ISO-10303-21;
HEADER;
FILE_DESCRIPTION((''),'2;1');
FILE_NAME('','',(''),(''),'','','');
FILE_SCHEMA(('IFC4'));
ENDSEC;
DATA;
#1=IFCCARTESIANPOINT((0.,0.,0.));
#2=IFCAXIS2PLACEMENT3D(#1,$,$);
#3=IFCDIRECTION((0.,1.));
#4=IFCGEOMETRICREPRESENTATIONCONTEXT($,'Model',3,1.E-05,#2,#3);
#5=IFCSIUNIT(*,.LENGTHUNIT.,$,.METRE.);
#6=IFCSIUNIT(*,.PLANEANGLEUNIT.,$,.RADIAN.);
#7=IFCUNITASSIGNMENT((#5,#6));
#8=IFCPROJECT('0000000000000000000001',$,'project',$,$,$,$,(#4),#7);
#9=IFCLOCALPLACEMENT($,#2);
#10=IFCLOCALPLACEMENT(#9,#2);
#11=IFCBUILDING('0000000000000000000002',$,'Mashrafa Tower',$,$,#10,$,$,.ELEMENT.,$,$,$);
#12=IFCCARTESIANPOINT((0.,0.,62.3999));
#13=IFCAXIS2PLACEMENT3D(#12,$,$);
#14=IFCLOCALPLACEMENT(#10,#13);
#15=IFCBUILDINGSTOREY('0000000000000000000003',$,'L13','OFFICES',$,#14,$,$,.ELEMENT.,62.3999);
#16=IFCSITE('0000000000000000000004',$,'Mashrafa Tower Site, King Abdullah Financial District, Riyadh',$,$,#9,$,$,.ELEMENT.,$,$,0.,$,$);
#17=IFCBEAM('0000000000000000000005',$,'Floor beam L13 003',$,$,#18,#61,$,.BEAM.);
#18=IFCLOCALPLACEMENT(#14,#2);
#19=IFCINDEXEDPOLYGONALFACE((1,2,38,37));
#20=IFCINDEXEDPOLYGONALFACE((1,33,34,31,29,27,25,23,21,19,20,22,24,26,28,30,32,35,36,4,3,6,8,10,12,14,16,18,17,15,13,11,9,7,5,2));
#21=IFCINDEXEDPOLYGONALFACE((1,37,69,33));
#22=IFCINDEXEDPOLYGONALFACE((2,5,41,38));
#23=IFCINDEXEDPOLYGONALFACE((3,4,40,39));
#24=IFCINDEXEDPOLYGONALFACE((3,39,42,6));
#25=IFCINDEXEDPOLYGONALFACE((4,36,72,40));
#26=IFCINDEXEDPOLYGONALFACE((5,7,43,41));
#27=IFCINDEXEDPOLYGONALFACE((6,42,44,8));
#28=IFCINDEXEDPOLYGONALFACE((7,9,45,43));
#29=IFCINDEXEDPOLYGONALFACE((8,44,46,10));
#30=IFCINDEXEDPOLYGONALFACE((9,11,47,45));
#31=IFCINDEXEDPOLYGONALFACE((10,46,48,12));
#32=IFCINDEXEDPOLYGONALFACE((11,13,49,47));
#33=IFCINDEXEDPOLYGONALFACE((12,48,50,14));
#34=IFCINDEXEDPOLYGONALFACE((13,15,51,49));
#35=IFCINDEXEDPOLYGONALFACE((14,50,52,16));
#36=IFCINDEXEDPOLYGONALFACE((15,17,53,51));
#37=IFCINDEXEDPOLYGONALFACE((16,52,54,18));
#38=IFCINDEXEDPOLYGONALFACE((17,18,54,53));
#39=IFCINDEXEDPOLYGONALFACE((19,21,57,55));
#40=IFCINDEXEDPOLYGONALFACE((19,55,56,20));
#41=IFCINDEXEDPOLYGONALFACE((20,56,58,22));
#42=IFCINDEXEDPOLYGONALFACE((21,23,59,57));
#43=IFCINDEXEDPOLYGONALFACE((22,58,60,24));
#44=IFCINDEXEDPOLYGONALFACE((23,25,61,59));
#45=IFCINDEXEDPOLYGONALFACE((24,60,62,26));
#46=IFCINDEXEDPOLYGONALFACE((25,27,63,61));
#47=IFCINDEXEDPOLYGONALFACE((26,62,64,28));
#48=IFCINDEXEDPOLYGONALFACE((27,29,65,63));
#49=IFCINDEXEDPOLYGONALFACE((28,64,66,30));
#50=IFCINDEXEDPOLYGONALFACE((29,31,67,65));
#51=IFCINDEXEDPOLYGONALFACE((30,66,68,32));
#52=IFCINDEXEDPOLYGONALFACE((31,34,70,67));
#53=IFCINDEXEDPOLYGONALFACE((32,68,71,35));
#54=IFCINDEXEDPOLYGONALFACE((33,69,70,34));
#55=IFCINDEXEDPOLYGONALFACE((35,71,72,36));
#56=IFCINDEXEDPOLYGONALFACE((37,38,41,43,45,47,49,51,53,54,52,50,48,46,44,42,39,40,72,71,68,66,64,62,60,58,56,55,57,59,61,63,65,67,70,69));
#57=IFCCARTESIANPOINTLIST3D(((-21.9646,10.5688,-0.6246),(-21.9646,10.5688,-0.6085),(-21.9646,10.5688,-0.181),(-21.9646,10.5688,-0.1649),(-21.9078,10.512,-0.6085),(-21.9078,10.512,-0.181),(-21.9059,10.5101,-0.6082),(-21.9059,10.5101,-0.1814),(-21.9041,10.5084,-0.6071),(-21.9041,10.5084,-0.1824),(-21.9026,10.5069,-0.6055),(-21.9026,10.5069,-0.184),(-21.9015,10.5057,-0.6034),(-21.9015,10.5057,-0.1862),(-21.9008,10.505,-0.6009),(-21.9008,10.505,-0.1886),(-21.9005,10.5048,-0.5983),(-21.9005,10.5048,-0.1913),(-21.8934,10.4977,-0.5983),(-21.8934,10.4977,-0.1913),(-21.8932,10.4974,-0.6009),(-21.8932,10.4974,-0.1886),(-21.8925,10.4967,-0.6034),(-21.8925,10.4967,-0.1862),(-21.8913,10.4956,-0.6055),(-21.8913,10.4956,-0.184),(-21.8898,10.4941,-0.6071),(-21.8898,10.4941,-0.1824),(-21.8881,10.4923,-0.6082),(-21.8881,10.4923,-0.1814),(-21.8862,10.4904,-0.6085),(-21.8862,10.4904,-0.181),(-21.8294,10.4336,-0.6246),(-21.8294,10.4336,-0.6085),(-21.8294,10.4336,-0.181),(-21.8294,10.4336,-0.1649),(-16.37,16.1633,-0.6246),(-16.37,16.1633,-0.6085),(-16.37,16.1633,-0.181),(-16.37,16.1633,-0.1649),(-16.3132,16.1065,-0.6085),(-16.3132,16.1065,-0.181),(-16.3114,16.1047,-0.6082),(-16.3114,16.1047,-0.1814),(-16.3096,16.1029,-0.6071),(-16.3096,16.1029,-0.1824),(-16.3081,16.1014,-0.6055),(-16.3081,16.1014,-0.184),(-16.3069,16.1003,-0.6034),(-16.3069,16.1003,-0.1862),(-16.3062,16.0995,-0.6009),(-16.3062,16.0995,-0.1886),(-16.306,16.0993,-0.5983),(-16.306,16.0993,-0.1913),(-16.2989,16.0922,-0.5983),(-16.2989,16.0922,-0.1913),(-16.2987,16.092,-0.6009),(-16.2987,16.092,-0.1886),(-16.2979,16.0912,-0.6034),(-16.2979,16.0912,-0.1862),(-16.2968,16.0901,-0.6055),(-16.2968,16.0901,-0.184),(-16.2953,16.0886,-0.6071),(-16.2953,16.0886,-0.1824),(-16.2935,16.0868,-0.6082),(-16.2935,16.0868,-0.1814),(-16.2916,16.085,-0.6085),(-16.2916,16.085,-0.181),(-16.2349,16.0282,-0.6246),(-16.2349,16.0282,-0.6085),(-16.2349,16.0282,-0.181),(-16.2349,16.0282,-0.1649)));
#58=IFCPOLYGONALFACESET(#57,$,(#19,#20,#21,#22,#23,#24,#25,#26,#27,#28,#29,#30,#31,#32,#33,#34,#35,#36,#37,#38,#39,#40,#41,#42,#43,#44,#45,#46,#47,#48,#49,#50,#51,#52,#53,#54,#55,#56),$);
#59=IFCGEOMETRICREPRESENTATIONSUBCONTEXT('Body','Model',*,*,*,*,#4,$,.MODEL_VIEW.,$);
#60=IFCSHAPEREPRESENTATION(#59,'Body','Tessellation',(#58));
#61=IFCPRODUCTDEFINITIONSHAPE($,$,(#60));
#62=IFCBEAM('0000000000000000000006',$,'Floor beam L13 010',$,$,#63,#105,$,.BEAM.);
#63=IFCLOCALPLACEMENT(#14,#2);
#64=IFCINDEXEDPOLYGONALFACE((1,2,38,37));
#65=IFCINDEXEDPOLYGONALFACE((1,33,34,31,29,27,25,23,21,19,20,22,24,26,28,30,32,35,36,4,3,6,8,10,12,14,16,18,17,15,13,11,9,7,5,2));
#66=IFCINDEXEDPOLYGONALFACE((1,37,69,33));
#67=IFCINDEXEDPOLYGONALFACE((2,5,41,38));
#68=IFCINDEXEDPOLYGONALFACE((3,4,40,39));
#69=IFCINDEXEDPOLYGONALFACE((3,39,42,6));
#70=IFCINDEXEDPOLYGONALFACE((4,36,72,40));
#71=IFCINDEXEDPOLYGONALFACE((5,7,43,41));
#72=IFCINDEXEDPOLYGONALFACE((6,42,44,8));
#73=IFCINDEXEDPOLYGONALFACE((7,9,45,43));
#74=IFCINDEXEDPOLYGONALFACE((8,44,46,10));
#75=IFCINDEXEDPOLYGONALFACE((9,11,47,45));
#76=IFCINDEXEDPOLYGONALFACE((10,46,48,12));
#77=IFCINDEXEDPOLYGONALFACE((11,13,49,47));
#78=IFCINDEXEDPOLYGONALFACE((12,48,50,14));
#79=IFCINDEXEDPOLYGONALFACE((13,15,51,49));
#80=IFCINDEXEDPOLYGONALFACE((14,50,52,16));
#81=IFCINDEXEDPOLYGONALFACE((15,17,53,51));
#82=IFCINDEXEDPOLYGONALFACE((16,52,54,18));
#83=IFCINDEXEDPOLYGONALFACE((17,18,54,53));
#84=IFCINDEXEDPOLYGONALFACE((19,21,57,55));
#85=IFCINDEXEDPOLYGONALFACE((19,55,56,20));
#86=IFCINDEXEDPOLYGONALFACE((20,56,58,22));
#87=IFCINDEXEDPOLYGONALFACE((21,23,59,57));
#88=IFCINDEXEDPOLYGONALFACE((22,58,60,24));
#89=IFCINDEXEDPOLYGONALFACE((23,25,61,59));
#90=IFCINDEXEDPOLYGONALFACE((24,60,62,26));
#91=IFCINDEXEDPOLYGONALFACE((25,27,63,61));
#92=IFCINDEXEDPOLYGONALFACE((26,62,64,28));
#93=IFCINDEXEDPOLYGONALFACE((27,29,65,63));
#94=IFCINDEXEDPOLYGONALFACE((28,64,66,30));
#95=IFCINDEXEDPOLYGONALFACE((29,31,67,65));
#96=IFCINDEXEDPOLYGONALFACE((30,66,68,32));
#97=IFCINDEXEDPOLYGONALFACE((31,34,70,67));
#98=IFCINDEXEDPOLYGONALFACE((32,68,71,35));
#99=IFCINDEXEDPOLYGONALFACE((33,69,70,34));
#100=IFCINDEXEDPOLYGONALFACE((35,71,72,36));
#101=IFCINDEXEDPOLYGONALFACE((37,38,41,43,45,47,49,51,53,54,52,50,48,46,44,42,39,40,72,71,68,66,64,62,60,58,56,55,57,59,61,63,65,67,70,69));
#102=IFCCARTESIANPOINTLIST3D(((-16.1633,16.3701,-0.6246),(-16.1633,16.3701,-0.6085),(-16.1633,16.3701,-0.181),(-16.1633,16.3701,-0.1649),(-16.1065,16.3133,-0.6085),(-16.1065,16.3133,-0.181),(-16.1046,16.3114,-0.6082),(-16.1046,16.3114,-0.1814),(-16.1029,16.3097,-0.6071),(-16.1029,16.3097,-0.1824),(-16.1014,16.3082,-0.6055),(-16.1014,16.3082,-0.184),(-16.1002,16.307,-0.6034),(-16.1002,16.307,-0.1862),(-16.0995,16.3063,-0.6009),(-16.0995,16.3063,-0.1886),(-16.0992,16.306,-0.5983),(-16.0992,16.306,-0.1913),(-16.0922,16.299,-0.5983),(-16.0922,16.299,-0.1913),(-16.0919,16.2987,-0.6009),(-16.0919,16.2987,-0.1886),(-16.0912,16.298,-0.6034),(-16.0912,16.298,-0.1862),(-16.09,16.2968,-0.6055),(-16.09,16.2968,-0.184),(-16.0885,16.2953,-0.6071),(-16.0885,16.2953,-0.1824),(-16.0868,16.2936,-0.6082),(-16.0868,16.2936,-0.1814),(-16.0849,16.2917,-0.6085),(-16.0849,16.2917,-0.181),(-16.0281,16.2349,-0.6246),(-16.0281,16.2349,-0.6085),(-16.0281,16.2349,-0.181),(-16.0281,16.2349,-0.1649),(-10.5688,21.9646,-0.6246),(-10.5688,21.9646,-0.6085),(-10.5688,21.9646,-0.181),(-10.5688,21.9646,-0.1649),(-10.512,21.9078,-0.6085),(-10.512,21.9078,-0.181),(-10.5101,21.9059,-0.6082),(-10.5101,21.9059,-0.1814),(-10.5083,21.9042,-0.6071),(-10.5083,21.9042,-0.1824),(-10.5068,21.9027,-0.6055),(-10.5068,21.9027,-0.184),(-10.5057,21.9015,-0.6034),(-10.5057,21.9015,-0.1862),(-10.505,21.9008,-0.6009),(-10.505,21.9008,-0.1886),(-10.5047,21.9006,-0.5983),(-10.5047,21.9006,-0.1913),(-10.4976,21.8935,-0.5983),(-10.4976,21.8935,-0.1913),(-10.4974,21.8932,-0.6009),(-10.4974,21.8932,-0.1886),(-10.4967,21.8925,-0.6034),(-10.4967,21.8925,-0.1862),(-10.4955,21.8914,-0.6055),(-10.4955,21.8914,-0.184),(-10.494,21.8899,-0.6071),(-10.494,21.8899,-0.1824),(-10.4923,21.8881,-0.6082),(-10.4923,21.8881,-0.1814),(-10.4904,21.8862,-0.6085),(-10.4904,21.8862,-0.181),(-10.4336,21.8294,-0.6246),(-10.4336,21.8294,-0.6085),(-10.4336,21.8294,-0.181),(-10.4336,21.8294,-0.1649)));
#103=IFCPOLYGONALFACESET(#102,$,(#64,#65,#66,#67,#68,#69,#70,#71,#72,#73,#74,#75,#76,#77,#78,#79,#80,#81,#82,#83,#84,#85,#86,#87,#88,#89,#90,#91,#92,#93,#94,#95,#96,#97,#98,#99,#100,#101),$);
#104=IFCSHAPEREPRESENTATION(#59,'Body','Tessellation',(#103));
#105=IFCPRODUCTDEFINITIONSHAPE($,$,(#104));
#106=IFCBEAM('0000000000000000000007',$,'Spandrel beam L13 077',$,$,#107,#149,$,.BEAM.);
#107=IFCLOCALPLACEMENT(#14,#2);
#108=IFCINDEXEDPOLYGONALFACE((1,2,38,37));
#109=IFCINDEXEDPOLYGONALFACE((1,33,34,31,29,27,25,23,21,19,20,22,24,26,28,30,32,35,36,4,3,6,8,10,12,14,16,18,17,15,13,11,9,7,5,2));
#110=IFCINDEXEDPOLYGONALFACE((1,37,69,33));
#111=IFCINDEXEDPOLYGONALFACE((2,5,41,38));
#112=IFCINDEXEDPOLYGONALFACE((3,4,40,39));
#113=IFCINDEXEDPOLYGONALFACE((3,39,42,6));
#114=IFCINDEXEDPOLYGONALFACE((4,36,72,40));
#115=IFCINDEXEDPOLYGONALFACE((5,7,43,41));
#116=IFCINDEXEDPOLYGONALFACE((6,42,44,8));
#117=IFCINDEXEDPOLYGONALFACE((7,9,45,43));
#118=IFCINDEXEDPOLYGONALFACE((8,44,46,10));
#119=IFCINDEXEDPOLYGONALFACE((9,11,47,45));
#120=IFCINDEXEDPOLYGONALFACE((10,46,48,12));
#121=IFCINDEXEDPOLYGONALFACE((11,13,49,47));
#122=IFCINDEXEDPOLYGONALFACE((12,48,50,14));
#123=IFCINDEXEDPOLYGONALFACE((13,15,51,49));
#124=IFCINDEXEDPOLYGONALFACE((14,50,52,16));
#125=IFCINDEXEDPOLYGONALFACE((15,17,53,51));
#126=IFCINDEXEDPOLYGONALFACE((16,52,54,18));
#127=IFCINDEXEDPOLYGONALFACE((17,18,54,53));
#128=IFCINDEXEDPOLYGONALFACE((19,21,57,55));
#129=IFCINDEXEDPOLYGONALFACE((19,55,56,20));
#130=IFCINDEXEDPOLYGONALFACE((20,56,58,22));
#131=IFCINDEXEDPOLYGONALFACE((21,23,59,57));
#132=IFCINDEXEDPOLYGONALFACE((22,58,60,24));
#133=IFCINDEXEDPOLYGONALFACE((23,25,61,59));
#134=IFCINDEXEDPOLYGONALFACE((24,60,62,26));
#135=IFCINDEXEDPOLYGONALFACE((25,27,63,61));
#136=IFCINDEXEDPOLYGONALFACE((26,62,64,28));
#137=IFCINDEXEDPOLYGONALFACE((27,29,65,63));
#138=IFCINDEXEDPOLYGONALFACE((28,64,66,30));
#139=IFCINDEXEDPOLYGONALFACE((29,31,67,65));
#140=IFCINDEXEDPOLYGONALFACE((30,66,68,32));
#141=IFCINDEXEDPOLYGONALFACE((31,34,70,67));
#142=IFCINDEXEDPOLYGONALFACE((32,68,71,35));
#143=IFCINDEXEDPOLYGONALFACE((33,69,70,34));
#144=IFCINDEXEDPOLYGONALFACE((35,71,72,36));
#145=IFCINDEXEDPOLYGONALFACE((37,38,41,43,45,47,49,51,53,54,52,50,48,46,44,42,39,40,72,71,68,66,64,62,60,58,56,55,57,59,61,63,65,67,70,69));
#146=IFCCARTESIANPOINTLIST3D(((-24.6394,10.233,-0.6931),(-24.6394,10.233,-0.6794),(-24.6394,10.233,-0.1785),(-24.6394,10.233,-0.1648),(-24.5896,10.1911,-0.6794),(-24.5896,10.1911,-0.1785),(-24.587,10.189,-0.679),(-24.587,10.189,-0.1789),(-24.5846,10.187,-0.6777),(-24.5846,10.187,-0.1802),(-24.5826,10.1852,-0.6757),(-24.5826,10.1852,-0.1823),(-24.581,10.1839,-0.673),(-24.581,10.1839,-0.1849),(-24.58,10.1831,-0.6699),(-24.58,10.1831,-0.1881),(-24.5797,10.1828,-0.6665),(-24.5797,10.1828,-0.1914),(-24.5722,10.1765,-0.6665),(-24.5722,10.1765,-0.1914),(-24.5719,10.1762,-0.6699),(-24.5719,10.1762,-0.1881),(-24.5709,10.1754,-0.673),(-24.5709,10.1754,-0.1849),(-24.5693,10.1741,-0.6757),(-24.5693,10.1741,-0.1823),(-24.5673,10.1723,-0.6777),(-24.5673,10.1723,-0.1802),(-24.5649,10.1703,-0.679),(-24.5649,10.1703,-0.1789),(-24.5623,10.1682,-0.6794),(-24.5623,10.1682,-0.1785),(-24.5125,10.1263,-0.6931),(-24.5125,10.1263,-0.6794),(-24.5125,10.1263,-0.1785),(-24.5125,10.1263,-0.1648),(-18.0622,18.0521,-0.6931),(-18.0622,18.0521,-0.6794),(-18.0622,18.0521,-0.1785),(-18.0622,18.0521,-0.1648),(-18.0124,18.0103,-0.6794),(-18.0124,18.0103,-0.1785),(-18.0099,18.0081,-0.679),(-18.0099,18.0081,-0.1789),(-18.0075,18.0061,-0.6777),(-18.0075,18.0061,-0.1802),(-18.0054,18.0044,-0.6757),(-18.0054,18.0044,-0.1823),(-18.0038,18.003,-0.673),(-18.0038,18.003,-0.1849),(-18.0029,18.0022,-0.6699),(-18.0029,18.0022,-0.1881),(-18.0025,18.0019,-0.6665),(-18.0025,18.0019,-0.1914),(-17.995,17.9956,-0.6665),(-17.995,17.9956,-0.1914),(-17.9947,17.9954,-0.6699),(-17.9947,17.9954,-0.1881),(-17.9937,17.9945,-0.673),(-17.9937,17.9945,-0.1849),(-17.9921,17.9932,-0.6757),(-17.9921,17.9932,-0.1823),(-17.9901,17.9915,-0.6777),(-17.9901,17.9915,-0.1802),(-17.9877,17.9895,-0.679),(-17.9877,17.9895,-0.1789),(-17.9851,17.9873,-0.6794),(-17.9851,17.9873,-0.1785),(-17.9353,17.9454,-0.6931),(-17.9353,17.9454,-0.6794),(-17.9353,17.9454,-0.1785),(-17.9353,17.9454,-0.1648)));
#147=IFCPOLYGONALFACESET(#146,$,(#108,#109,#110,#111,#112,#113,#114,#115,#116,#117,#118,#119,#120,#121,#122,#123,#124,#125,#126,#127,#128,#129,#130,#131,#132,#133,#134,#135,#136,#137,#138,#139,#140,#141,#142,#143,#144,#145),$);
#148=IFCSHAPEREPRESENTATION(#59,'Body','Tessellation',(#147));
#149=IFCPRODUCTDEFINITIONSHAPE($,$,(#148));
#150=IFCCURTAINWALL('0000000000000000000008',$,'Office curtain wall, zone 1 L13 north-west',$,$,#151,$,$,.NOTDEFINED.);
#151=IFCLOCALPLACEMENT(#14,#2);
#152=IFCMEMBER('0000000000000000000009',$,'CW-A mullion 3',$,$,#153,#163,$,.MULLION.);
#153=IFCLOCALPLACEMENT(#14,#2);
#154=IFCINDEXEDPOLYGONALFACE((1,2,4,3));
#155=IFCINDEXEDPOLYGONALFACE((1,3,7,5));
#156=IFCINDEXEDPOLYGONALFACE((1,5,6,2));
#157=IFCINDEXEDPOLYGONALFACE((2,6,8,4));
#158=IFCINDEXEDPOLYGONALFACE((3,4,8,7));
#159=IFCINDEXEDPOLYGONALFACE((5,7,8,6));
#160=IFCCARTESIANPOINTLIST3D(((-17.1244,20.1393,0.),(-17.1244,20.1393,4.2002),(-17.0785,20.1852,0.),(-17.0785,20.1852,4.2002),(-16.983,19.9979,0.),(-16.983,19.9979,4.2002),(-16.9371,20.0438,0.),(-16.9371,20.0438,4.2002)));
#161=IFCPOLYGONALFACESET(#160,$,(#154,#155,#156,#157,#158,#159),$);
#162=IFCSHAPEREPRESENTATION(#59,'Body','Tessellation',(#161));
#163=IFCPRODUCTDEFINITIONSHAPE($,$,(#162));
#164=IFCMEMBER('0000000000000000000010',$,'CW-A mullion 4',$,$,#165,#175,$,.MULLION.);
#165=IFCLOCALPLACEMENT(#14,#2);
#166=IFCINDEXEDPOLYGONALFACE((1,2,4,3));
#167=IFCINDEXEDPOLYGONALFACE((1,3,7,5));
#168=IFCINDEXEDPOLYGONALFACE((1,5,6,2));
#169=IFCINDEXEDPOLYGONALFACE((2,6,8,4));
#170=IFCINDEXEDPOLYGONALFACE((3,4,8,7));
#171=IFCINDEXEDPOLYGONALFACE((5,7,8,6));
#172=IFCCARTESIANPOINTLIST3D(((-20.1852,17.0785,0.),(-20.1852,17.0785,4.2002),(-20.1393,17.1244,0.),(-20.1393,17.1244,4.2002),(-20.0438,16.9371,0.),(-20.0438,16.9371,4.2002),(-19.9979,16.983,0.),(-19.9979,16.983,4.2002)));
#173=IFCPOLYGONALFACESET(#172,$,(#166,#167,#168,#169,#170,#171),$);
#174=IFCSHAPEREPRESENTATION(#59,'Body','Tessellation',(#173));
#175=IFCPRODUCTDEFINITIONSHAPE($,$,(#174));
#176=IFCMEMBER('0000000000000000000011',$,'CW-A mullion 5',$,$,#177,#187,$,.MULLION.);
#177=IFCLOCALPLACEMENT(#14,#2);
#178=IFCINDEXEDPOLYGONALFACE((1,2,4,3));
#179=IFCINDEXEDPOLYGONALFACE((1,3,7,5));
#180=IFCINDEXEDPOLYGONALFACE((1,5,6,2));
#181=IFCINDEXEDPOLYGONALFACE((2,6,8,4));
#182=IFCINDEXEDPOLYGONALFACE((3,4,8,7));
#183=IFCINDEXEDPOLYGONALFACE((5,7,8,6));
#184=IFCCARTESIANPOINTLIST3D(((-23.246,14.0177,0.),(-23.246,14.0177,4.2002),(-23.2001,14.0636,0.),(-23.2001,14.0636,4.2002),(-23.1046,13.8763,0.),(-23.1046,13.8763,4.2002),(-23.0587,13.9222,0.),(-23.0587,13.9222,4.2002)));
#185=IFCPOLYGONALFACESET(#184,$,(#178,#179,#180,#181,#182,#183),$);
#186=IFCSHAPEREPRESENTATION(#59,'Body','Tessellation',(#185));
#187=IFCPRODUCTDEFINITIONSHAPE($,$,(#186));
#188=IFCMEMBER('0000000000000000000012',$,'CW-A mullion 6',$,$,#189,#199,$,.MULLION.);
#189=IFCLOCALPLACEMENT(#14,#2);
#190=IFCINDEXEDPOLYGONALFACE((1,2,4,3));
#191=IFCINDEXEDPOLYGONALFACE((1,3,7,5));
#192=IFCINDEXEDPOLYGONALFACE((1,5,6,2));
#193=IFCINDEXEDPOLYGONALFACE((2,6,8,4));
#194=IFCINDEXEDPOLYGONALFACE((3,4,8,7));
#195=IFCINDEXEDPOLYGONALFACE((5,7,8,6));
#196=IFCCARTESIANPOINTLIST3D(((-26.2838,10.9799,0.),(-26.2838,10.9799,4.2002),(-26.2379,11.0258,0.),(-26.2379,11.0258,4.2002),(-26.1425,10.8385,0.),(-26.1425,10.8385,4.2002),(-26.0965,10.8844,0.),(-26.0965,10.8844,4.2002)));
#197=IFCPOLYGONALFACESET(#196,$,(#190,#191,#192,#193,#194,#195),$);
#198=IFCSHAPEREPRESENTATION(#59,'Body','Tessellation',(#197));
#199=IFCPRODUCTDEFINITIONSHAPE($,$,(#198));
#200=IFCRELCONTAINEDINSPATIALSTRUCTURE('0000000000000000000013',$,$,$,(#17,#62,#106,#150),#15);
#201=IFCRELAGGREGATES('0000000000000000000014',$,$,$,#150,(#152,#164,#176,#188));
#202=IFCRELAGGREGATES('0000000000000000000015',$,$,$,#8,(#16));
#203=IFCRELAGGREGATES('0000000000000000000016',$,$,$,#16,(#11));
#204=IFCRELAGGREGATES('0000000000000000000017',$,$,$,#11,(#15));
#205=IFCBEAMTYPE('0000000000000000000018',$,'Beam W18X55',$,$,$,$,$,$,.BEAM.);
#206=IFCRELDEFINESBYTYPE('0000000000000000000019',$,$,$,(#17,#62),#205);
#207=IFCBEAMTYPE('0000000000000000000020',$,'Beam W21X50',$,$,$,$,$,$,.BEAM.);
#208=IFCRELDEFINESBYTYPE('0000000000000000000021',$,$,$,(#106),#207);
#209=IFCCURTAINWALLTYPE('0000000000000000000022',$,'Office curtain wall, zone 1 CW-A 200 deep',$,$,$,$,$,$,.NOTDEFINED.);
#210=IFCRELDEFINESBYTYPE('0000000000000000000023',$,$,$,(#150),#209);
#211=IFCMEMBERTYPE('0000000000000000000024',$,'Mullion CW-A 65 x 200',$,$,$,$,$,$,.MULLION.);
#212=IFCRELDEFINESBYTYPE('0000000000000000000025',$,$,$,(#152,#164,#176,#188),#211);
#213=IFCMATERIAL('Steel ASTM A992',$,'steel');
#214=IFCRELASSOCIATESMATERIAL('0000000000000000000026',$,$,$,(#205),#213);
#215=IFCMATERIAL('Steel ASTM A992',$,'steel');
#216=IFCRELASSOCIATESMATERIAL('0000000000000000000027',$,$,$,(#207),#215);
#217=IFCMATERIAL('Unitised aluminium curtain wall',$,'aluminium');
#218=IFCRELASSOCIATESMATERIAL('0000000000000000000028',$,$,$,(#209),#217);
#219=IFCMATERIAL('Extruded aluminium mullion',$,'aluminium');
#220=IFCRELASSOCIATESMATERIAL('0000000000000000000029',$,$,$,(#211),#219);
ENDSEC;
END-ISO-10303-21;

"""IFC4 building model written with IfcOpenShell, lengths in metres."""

from ifc_helpers import new_model, si_unit, direction, frame, origin, origin_2d, place, context, subcontext, project, spatial, rectangle, i_section, extrude, source, transform, mapped, material, material_profile, profile_set, type_object, type_shapes, element, aggregate, save


model = new_model("IFC4")

# Units and contexts
model_context = context("Model", 3, precision=1e-05, world=origin(), true_north=direction((0.0, 1.0)))
body_context = subcontext(model_context, "Body", "Model", "MODEL_VIEW")
ifc_project = project(units=[si_unit("LENGTHUNIT", "METRE"), si_unit("PLANEANGLEUNIT", "RADIAN")], contexts=[model_context])

# Site, building, storey
site_placement = place(None, origin())
site = spatial("IfcSite", under=ifc_project, at=site_placement, Name="Mashrafa Tower Site, King Abdullah Financial District, Riyadh", CompositionType="ELEMENT", RefElevation=0.0)
building_placement = place(site_placement, origin())
building = spatial("IfcBuilding", under=site, at=building_placement, Name="Mashrafa Tower", CompositionType="ELEMENT")
storey_placement = place(building_placement, frame((0.0, 0.0, 62.3999)))
storey = spatial("IfcBuildingStorey", under=building, at=storey_placement, Name="L13", Description="OFFICES", CompositionType="ELEMENT", Elevation=62.3999)

# Beams
ifc_material_1 = material(Name="Steel ASTM A992", Category="steel")
ifc_material_profile_1 = material_profile(ifc_material_1, i_section(OverallWidth=0.1912, OverallDepth=0.4597, WebThickness=0.01, FlangeThickness=0.0161, FilletRadius=0.0103, at=origin_2d()), Name="W18X55")
ifc_profile_set_1 = profile_set([ifc_material_profile_1], Name="Steel ASTM A992")
beam_type_1 = type_object("IfcBeamType", Name="Beam W18X55", PredefinedType="BEAM", material=ifc_profile_set_1)
for number, where, z_axis, x_axis, name in (
    (1, (-21.897, 10.5012, -0.3948), (0.707107, 0.707107, 0.0), (-0.707107, 0.707107, 0.0), "Floor beam L13 003"),
    (2, (-16.0957, 16.3025, -0.3948), (0.707107, 0.707107, 0.0), (-0.707107, 0.707107, 0.0), "Floor beam L13 010"),
):
    element("IfcBeam", number, at=place(storey_placement, frame(where, z_axis=z_axis, x_axis=x_axis)), inside=storey, type_object=beam_type_1, Name=name, PredefinedType="BEAM", context=body_context, shape_type="SweptSolid", body=[
        extrude(i_section(OverallWidth=0.1912, OverallDepth=0.4597, WebThickness=0.01, FlangeThickness=0.0161, FilletRadius=0.0103, at=origin_2d()), origin(), (0.0, 0.0, 1.0), 7.9119),
    ])
ifc_material_2 = material(Name="Steel ASTM A992", Category="steel")
ifc_material_profile_2 = material_profile(ifc_material_2, i_section(OverallWidth=0.1658, OverallDepth=0.5283, WebThickness=0.0098, FlangeThickness=0.0137, FilletRadius=0.0129, at=origin_2d()), Name="W21X50")
ifc_profile_set_2 = profile_set([ifc_material_profile_2], Name="Steel ASTM A992")
beam_type_2 = type_object("IfcBeamType", Name="Beam W21X50", PredefinedType="BEAM", material=ifc_profile_set_2)
beam_1_placement = place(storey_placement, frame((-17.9988, 17.9988, -0.429), z_axis=(-0.643715, -0.765266, 0.0), x_axis=(0.765266, -0.643715, 0.0)))
element("IfcBeam", 3, at=beam_1_placement, inside=storey, type_object=beam_type_2, Name="Spandrel beam L13 077", PredefinedType="BEAM", context=body_context, shape_type="SweptSolid", body=[
    extrude(i_section(OverallWidth=0.1658, OverallDepth=0.5283, WebThickness=0.0098, FlangeThickness=0.0137, FilletRadius=0.0129, at=origin_2d()), origin(), (0.0, 0.0, 1.0), 10.2175),
])

# Curtain wall, members
ifc_material_3 = material(Name="Unitised aluminium curtain wall", Category="aluminium")
curtain_wall_type = type_object("IfcCurtainWallType", Name="Office curtain wall, zone 1 CW-A 200 deep", PredefinedType="NOTDEFINED", material=ifc_material_3)
curtain_wall_1_placement = place(storey_placement, origin())
curtain_wall_1 = element("IfcCurtainWall", 4, at=curtain_wall_1_placement, inside=storey, type_object=curtain_wall_type, Name="Office curtain wall, zone 1 L13 north-west", PredefinedType="NOTDEFINED")
ifc_material_4 = material(Name="Extruded aluminium mullion", Category="aluminium")
ifc_material_profile_3 = material_profile(ifc_material_4, rectangle(XDim=0.2, YDim=0.0649, at=origin_2d()), Name="Mullion 65x200")
ifc_profile_set_3 = profile_set([ifc_material_profile_3], Name="Extruded aluminium mullion")
member_type_1 = type_object("IfcMemberType", Name="Mullion CW-A 65 x 200", PredefinedType="MULLION", material=ifc_profile_set_3)
shared_shape_1 = source(origin(), body_context, "Body", "SweptSolid", [
    extrude(rectangle(XDim=0.2, YDim=0.0649, at=origin_2d()), origin(), (0.0, 0.0, 1.0), 4.2002),
])
type_shapes(member_type_1, [shared_shape_1])
member_1_placement = place(storey_placement, frame((-17.0308, 20.0916, 0.0), z_axis=(0.0, 0.0, 1.0), x_axis=(0.707107, -0.707107, 0.0)))
member_1 = element("IfcMember", 5, at=member_1_placement, type_object=member_type_1, Name="CW-A mullion 3", PredefinedType="MULLION", context=body_context, shape_type="MappedRepresentation", body=[
    mapped(shared_shape_1, transform((0.0, 0.0, 0.0))),
])
member_2_placement = place(storey_placement, frame((-20.0916, 17.0308, 0.0), z_axis=(0.0, 0.0, 1.0), x_axis=(0.707107, -0.707107, 0.0)))
member_2 = element("IfcMember", 6, at=member_2_placement, type_object=member_type_1, Name="CW-A mullion 4", PredefinedType="MULLION", context=body_context, shape_type="MappedRepresentation", body=[
    mapped(shared_shape_1, transform((0.0, 0.0, 0.0))),
])
member_3_placement = place(storey_placement, frame((-23.1523, 13.97, 0.0), z_axis=(0.0, 0.0, 1.0), x_axis=(0.707107, -0.707107, 0.0)))
member_3 = element("IfcMember", 7, at=member_3_placement, type_object=member_type_1, Name="CW-A mullion 5", PredefinedType="MULLION", context=body_context, shape_type="MappedRepresentation", body=[
    mapped(shared_shape_1, transform((0.0, 0.0, 0.0))),
])
member_4_placement = place(storey_placement, frame((-26.1902, 10.9321, 0.0), z_axis=(0.0, 0.0, 1.0), x_axis=(0.707107, -0.707107, 0.0)))
member_4 = element("IfcMember", 8, at=member_4_placement, type_object=member_type_1, Name="CW-A mullion 6", PredefinedType="MULLION", context=body_context, shape_type="MappedRepresentation", body=[
    mapped(shared_shape_1, transform((0.0, 0.0, 0.0))),
])

aggregate(curtain_wall_1, [member_1, member_2, member_3, member_4])

save(model, "model.ifc")
